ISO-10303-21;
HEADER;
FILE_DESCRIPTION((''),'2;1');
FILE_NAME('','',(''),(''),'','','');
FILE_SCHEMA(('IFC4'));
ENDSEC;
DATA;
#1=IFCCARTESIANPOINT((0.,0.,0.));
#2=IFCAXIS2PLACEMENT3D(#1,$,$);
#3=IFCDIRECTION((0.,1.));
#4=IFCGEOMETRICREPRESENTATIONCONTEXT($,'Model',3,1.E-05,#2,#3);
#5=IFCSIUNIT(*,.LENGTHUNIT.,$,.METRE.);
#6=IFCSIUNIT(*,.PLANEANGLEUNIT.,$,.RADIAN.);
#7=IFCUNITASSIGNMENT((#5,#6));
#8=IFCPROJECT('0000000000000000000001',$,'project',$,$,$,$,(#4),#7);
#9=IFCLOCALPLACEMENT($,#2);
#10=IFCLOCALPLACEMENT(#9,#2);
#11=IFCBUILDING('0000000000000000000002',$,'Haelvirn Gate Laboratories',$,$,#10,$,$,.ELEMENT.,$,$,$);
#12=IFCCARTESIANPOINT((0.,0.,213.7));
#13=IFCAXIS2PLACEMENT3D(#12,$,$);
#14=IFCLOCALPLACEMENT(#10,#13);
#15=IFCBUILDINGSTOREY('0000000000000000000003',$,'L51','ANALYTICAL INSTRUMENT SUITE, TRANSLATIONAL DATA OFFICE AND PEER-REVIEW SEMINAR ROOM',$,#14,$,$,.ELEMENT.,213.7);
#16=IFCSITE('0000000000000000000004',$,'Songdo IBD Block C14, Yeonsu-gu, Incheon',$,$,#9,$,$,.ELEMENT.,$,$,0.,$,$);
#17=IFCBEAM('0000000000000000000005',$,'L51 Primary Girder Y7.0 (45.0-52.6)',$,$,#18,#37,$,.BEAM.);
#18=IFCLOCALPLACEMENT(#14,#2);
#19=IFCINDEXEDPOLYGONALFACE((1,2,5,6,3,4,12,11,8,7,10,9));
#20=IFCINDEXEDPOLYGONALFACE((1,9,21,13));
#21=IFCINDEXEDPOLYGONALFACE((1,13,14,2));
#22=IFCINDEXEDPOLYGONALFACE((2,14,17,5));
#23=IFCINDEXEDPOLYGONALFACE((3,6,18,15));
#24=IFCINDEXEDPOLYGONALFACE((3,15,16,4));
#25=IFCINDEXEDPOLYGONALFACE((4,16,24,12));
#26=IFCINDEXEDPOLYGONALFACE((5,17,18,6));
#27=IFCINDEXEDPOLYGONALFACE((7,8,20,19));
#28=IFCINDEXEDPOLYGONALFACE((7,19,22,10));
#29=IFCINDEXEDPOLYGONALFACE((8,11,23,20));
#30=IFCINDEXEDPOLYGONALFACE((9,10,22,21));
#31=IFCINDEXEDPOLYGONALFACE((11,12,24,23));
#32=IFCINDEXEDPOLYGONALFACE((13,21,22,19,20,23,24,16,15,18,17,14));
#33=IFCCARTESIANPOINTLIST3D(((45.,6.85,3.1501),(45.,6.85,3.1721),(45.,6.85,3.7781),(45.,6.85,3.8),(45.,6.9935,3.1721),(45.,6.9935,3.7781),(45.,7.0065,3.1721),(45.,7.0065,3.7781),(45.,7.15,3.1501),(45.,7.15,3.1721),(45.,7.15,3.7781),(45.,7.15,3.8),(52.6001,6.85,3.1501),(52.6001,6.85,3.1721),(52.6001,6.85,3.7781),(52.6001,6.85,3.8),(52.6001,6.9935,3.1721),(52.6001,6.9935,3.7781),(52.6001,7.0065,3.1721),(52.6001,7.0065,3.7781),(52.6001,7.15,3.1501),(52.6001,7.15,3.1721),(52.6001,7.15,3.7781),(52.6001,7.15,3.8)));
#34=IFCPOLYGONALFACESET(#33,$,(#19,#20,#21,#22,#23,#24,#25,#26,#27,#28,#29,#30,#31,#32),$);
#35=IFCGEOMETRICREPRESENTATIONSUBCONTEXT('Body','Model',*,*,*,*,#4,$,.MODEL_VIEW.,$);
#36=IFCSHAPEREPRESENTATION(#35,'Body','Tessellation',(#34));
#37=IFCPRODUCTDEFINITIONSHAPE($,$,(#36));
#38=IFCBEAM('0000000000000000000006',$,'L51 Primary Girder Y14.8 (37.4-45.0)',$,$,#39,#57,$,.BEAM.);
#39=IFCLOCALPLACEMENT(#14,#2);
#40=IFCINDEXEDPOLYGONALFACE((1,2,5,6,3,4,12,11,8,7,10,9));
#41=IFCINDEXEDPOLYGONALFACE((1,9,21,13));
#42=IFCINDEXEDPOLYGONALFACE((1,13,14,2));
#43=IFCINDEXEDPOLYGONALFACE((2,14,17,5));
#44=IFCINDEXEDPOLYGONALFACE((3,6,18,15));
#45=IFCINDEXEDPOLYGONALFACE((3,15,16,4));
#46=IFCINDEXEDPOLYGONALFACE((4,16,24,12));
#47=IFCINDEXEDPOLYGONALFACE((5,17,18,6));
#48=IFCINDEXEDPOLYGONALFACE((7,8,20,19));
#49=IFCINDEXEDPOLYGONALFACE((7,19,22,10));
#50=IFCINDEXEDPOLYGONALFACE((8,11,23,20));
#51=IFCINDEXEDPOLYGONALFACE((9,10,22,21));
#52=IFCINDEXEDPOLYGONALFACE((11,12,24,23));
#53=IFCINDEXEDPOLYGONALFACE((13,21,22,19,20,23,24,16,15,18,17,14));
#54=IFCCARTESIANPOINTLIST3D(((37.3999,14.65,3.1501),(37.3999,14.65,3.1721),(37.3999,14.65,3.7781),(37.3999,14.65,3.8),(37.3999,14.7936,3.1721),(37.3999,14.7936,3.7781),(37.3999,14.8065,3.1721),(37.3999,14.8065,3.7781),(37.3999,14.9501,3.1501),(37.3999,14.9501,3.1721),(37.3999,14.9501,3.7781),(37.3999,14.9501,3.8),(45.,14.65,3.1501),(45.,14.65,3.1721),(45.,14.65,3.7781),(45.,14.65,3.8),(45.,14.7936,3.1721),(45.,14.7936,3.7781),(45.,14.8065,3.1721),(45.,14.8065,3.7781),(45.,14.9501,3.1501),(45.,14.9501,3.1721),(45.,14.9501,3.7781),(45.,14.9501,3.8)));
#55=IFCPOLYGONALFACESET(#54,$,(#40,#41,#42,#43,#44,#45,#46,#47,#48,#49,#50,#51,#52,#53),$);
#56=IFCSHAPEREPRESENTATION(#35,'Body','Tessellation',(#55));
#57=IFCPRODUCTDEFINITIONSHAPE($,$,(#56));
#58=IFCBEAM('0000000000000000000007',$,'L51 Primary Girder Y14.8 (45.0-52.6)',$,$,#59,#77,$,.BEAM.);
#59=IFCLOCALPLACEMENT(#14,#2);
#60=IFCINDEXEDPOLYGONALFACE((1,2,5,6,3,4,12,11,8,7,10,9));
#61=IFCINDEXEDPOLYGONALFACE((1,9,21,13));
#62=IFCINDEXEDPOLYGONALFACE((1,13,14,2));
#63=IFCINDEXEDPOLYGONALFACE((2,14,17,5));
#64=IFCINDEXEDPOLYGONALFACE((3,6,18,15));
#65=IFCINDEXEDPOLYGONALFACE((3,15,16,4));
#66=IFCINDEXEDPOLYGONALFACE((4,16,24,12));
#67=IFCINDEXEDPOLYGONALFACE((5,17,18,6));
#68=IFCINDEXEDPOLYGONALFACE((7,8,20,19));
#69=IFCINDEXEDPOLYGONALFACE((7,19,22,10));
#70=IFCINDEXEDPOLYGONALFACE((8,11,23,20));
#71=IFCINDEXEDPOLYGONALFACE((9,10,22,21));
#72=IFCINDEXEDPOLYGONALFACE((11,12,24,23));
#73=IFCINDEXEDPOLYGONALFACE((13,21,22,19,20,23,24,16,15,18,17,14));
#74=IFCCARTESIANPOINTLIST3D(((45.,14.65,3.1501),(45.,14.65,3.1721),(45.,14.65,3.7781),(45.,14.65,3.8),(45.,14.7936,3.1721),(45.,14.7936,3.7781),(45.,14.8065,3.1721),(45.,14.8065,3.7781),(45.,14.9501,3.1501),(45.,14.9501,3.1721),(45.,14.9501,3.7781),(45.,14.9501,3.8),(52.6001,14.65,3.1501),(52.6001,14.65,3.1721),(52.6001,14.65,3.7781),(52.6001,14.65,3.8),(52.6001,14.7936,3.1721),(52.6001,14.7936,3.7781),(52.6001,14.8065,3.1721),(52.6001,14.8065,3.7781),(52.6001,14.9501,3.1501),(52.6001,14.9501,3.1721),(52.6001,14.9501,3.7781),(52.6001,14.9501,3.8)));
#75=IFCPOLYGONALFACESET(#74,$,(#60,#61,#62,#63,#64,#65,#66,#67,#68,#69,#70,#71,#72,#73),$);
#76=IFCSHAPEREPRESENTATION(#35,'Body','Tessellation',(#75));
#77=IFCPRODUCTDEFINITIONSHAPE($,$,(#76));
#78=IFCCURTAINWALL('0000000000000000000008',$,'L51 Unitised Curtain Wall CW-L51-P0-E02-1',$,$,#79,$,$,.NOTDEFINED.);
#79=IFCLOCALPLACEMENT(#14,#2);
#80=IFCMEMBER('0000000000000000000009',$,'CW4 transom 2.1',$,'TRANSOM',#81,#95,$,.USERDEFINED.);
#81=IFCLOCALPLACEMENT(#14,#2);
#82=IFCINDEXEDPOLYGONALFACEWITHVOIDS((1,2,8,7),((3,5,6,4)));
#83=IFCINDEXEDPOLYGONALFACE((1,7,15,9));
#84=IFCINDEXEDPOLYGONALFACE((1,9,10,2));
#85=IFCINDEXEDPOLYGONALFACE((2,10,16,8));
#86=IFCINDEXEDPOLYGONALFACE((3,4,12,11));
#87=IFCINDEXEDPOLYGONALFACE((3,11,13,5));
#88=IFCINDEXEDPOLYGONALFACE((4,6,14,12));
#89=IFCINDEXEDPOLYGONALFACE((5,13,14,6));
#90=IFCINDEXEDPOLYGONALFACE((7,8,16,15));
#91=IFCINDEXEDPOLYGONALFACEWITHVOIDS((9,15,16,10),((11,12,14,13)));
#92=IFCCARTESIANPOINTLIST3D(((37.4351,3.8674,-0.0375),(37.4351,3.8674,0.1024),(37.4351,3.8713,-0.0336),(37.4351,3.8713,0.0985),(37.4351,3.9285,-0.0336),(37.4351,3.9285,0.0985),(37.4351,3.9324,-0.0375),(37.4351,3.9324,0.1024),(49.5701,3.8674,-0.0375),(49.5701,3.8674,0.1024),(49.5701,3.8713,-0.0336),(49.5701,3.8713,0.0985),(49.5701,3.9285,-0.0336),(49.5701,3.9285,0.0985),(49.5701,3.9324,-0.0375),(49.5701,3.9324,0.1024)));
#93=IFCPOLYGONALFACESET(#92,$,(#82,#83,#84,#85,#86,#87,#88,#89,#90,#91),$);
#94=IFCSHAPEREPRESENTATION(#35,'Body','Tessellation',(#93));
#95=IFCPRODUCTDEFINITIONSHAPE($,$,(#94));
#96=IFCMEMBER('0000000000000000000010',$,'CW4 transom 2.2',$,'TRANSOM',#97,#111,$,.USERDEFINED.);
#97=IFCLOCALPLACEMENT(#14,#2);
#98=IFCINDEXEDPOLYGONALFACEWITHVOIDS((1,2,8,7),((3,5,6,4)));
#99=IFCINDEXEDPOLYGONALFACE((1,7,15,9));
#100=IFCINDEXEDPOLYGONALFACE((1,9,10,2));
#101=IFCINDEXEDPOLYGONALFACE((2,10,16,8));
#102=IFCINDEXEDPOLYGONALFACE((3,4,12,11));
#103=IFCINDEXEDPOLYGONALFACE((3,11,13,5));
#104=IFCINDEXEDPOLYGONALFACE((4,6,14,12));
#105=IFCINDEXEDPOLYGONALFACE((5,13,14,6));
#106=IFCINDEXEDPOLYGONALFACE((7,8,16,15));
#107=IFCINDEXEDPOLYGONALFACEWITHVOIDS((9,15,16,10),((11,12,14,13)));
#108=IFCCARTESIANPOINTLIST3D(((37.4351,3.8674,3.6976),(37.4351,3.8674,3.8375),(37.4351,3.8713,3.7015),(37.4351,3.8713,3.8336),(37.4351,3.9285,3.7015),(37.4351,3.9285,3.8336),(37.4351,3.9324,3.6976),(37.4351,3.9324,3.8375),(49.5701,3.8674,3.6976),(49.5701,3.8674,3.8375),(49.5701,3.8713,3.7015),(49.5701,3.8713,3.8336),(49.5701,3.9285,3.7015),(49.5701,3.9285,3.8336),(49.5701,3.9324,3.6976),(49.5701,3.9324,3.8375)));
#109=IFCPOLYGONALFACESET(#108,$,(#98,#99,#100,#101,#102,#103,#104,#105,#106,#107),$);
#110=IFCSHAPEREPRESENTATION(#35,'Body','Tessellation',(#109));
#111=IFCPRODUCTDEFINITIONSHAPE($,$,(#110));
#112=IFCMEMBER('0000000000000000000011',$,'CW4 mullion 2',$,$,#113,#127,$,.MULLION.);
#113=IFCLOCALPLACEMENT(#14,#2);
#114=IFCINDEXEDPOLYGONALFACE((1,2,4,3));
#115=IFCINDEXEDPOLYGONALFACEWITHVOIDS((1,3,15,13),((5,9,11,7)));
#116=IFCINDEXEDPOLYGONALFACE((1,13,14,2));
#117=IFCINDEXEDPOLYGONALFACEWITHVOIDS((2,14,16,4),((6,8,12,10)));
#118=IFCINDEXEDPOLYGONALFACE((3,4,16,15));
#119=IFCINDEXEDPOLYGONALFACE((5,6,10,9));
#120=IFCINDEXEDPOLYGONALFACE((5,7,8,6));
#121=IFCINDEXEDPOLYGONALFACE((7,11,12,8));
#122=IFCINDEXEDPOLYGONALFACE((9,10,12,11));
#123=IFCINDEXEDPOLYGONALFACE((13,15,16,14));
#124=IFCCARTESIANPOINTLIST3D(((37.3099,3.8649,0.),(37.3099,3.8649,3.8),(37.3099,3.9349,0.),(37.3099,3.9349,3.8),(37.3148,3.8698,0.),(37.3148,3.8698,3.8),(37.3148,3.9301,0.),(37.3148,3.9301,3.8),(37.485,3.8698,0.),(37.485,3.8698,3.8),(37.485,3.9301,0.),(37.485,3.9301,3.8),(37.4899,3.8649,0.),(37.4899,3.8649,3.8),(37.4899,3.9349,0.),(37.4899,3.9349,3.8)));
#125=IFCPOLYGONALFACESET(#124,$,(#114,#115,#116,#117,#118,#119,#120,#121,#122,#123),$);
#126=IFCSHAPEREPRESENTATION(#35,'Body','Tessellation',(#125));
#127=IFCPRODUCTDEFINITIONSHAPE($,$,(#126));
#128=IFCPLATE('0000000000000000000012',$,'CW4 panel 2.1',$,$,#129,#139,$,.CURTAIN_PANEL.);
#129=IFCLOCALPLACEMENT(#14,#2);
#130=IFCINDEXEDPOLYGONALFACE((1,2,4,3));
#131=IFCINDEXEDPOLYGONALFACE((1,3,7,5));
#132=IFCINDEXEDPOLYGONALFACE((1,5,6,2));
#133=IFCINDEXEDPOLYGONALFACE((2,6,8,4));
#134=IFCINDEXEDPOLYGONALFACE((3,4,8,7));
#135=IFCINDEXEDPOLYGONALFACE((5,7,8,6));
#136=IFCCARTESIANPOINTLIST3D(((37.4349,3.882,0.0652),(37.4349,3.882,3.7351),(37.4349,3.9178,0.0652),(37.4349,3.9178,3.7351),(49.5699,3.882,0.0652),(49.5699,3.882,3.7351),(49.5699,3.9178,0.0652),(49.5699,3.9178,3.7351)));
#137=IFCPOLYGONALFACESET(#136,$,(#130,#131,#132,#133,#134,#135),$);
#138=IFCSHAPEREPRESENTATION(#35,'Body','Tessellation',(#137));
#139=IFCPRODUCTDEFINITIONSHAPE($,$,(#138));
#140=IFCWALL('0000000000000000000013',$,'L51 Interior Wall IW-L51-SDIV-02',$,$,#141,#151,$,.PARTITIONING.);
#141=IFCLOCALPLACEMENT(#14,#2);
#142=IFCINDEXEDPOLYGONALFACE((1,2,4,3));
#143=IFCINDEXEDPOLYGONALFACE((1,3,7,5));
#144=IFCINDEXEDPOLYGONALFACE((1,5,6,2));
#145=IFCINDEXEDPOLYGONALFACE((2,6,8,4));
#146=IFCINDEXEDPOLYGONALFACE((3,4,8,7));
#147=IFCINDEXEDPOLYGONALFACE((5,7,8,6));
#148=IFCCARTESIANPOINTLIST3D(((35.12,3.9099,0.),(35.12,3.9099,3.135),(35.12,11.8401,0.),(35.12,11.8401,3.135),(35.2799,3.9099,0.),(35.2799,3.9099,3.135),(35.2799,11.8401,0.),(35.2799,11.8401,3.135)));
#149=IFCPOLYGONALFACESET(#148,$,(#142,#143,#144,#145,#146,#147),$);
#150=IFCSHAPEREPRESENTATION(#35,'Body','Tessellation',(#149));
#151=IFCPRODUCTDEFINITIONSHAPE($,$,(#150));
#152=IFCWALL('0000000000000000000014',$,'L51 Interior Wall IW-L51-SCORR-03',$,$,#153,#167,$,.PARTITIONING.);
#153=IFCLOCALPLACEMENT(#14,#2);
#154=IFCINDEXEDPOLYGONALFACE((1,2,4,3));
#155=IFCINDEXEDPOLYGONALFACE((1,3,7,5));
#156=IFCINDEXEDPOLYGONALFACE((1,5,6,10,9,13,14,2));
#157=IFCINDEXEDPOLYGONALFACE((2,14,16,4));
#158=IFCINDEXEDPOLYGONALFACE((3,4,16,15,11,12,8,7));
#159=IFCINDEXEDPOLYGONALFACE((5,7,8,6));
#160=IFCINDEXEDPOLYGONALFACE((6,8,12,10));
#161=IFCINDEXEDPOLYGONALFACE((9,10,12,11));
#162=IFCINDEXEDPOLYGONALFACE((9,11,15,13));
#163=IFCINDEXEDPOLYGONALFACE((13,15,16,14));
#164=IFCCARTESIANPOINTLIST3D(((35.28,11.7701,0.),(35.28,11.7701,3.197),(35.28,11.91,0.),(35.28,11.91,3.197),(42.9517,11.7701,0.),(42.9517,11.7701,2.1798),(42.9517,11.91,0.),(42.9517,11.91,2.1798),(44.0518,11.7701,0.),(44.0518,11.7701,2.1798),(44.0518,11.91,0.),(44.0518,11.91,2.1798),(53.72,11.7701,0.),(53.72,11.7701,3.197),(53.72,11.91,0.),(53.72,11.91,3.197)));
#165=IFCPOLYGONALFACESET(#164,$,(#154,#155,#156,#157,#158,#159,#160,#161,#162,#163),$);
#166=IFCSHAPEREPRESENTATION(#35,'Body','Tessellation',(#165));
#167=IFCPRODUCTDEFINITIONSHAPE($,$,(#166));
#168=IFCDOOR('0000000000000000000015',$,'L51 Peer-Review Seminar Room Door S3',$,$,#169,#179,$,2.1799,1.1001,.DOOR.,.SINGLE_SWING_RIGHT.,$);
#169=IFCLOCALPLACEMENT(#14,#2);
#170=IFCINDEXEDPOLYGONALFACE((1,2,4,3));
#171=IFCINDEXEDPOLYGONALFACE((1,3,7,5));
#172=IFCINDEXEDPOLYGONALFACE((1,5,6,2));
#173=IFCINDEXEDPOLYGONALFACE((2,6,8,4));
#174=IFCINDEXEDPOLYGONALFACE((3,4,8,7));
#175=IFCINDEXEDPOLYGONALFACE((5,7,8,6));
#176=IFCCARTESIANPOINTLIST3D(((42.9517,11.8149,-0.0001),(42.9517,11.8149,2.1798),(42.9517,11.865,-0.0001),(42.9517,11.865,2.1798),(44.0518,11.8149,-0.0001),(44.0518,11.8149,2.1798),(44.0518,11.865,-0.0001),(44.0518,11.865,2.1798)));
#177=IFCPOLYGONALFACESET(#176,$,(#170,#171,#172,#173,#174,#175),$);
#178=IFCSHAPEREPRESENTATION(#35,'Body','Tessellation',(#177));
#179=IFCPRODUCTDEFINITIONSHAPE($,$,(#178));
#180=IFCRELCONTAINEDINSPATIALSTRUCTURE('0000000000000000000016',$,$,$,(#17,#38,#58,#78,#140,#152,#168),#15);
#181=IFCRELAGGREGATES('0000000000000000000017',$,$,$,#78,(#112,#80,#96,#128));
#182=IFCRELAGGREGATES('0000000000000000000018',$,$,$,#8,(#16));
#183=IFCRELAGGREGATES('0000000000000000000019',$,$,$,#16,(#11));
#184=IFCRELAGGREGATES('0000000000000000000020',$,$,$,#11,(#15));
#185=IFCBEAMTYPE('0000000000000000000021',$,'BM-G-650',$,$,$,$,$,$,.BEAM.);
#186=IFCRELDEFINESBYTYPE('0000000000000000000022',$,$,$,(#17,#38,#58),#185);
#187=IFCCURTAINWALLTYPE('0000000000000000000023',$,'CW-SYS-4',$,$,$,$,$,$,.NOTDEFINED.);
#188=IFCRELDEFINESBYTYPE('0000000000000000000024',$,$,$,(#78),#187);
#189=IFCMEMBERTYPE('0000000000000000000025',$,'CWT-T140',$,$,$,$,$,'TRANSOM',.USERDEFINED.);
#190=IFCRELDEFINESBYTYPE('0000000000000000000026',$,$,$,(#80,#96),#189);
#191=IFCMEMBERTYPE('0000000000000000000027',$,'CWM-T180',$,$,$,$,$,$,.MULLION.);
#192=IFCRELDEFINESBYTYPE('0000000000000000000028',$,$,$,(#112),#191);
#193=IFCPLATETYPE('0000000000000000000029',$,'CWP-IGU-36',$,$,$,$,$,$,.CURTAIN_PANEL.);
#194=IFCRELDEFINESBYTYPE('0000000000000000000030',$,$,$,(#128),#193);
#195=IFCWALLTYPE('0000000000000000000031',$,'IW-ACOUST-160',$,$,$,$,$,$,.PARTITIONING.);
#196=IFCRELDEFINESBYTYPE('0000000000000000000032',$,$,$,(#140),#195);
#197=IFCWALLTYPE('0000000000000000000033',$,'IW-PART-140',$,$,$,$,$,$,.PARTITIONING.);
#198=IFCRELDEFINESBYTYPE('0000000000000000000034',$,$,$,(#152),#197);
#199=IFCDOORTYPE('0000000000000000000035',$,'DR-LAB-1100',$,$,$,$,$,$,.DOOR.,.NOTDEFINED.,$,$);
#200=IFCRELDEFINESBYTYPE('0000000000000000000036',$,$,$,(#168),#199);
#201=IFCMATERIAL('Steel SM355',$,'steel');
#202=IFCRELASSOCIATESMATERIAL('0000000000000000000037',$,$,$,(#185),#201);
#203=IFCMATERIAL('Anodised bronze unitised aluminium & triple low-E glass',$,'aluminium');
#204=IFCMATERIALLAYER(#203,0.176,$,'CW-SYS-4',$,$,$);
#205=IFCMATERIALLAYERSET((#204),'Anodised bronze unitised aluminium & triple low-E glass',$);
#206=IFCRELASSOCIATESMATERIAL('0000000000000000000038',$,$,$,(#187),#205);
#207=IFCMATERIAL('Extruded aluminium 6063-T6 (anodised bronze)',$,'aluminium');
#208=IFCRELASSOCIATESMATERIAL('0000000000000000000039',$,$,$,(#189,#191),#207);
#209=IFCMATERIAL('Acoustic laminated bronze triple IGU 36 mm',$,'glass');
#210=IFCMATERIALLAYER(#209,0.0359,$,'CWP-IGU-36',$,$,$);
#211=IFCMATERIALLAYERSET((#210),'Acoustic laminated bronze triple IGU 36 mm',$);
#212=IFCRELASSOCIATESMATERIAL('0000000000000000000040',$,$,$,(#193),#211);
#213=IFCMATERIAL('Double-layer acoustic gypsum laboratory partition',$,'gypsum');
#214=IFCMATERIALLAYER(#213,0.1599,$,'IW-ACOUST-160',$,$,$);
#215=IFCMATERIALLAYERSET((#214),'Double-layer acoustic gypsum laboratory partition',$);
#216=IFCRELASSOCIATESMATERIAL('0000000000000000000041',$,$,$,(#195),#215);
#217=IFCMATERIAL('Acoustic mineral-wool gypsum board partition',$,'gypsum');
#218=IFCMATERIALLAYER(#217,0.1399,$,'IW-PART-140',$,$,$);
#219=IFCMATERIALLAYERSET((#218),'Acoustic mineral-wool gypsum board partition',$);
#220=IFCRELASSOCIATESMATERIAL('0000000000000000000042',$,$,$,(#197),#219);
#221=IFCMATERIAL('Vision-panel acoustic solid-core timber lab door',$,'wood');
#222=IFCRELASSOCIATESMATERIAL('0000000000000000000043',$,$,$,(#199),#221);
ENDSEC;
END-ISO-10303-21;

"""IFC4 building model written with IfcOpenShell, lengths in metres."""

from ifc_helpers import new_model, si_unit, direction, frame, frame_2d, origin, origin_2d, place, context, subcontext, project, spatial, rectangle, hollow_rectangle, i_section, extrude, source, transform, mapped, material, layer, layer_set, material_profile, profile_set, type_object, type_shapes, element, fill, aggregate, save


model = new_model("IFC4")

# Units and contexts
model_context = context("Model", 3, precision=1e-05, world=origin(), true_north=direction((0.0, 1.0)))
body_context = subcontext(model_context, "Body", "Model", "MODEL_VIEW")
ifc_project = project(units=[si_unit("LENGTHUNIT", "METRE"), si_unit("PLANEANGLEUNIT", "RADIAN")], contexts=[model_context])

# Site, building, storey
site_placement = place(None, origin())
site = spatial("IfcSite", under=ifc_project, at=site_placement, Name="Songdo IBD Block C14, Yeonsu-gu, Incheon", CompositionType="ELEMENT", RefElevation=0.0)
building_placement = place(site_placement, origin())
building = spatial("IfcBuilding", under=site, at=building_placement, Name="Haelvirn Gate Laboratories", CompositionType="ELEMENT")
storey_placement = place(building_placement, frame((0.0, 0.0, 213.7)))
storey = spatial("IfcBuildingStorey", under=building, at=storey_placement, Name="L51", Description="ANALYTICAL INSTRUMENT SUITE, TRANSLATIONAL DATA OFFICE AND PEER-REVIEW SEMINAR ROOM", CompositionType="ELEMENT", Elevation=213.7)

# Shared definitions
ifc_material_1 = material(Name="Steel SM355", Category="steel")

# Beams
ifc_material_profile_1 = material_profile(ifc_material_1, i_section(OverallWidth=0.3, OverallDepth=0.6499, WebThickness=0.0129, FlangeThickness=0.022, at=origin_2d()), Name="H-650x300x13x22")
ifc_profile_set_1 = profile_set([ifc_material_profile_1], Name="Steel SM355")
beam_type_1 = type_object("IfcBeamType", Name="BM-G-650", PredefinedType="BEAM", material=ifc_profile_set_1)
shared_shape_1 = source(origin(), body_context, "Body", "SweptSolid", [
    extrude(i_section(OverallWidth=0.3, OverallDepth=0.6499, WebThickness=0.0129, FlangeThickness=0.022, at=origin_2d()), origin(), (0.0, 0.0, 1.0), 7.6001),
])
type_shapes(beam_type_1, [shared_shape_1])
for number, where, z_axis, x_axis, name in (
    (1, (45.0, 7.0, 3.4751), (1.0, 0.0, 0.0), (0.0, 1.0, 0.0), "L51 Primary Girder Y7.0 (45.0-52.6)"),
    (2, (37.3999, 14.8, 3.4751), (1.0, 0.0, 0.0), (0.0, 1.0, 0.0), "L51 Primary Girder Y14.8 (37.4-45.0)"),
    (3, (45.0, 14.8, 3.4751), (1.0, 0.0, 0.0), (0.0, 1.0, 0.0), "L51 Primary Girder Y14.8 (45.0-52.6)"),
):
    element("IfcBeam", number, at=place(storey_placement, frame(where, z_axis=z_axis, x_axis=x_axis)), inside=storey, type_object=beam_type_1, Name=name, PredefinedType="BEAM", context=body_context, shape_type="MappedRepresentation", body=[
        mapped(shared_shape_1, transform((0.0, 0.0, 0.0), scale=1.0)),
    ])

# Curtain wall, members, plate
ifc_material_2 = material(Name="Anodised bronze unitised aluminium & triple low-E glass", Category="aluminium")
ifc_layer_1 = layer(ifc_material_2, 0.176, Name="CW-SYS-4")
ifc_layer_set_1 = layer_set([ifc_layer_1], Name="Anodised bronze unitised aluminium & triple low-E glass")
curtain_wall_type = type_object("IfcCurtainWallType", Name="CW-SYS-4", PredefinedType="NOTDEFINED", material=ifc_layer_set_1)
curtain_wall_placement = place(storey_placement, origin())
curtain_wall = element("IfcCurtainWall", 4, at=curtain_wall_placement, inside=storey, type_object=curtain_wall_type, Name="L51 Unitised Curtain Wall CW-L51-P0-E02-1", PredefinedType="NOTDEFINED")
ifc_material_3 = material(Name="Extruded aluminium 6063-T6 (anodised bronze)", Category="aluminium")
ifc_material_profile_2 = material_profile(ifc_material_3, hollow_rectangle(XDim=0.0649, YDim=0.1399, WallThickness=0.0039, at=origin_2d()), Name="CWT-140x65x4")
ifc_profile_set_2 = profile_set([ifc_material_profile_2], Name="Extruded aluminium 6063-T6 (anodised bronze)")
member_type_1 = type_object("IfcMemberType", Name="CWT-T140", ElementType="TRANSOM", PredefinedType="USERDEFINED", material=ifc_profile_set_2)
shared_shape_2 = source(origin(), body_context, "Body", "SweptSolid", [
    extrude(hollow_rectangle(XDim=0.0649, YDim=0.1399, WallThickness=0.0039, at=origin_2d()), origin(), (0.0, 0.0, 1.0), 12.135),
])
type_shapes(member_type_1, [shared_shape_2])
member_1_placement = place(storey_placement, frame((37.4351, 3.8999, 0.0325), z_axis=(1.0, 0.0, 0.0), x_axis=(0.0, 1.0, 0.0)))
member_1 = element("IfcMember", 5, at=member_1_placement, type_object=member_type_1, Name="CW4 transom 2.1", ObjectType="TRANSOM", PredefinedType="USERDEFINED", context=body_context, shape_type="MappedRepresentation", body=[
    mapped(shared_shape_2, transform((0.0, 0.0, 0.0), scale=1.0)),
])
member_2_placement = place(storey_placement, frame((37.4351, 3.8999, 3.7676), z_axis=(1.0, 0.0, 0.0), x_axis=(0.0, 1.0, 0.0)))
member_2 = element("IfcMember", 6, at=member_2_placement, type_object=member_type_1, Name="CW4 transom 2.2", ObjectType="TRANSOM", PredefinedType="USERDEFINED", context=body_context, shape_type="MappedRepresentation", body=[
    mapped(shared_shape_2, transform((0.0, 0.0, 0.0), scale=1.0)),
])
ifc_material_profile_3 = material_profile(ifc_material_3, hollow_rectangle(XDim=0.0701, YDim=0.1799, WallThickness=0.0049, at=origin_2d()), Name="CWM-180x70x5")
ifc_profile_set_3 = profile_set([ifc_material_profile_3], Name="Extruded aluminium 6063-T6 (anodised bronze)")
member_type_2 = type_object("IfcMemberType", Name="CWM-T180", PredefinedType="MULLION", material=ifc_profile_set_3)
shared_shape_3 = source(origin(), body_context, "Body", "SweptSolid", [
    extrude(hollow_rectangle(XDim=0.0701, YDim=0.1799, WallThickness=0.0049, at=origin_2d()), origin(), (0.0, 0.0, 1.0), 3.8),
])
type_shapes(member_type_2, [shared_shape_3])
member_3_placement = place(storey_placement, frame((37.3999, 3.8999, 0.0), z_axis=(0.0, 0.0, 1.0), x_axis=(0.0, 1.0, 0.0)))
member_3 = element("IfcMember", 7, at=member_3_placement, type_object=member_type_2, Name="CW4 mullion 2", PredefinedType="MULLION", context=body_context, shape_type="MappedRepresentation", body=[
    mapped(shared_shape_3, transform((0.0, 0.0, 0.0), scale=1.0)),
])
ifc_material_4 = material(Name="Acoustic laminated bronze triple IGU 36 mm", Category="glass")
ifc_layer_2 = layer(ifc_material_4, 0.0359, Name="CWP-IGU-36")
ifc_layer_set_2 = layer_set([ifc_layer_2], Name="Acoustic laminated bronze triple IGU 36 mm")
plate_type = type_object("IfcPlateType", Name="CWP-IGU-36", PredefinedType="CURTAIN_PANEL", material=ifc_layer_set_2)
shared_shape_4 = source(origin(), body_context, "Body", "SweptSolid", [
    extrude(rectangle(XDim=12.135, YDim=0.0359, at=origin_2d()), origin(), (0.0, 0.0, 1.0), 3.6699),
])
type_shapes(plate_type, [shared_shape_4])
plate_placement = place(storey_placement, frame((43.5024, 3.8999, 0.0652), z_axis=(0.0, 0.0, 1.0), x_axis=(1.0, 0.0, 0.0)))
plate = element("IfcPlate", 8, at=plate_placement, type_object=plate_type, Name="CW4 panel 2.1", PredefinedType="CURTAIN_PANEL", context=body_context, shape_type="MappedRepresentation", body=[
    mapped(shared_shape_4, transform((0.0, 0.0, 0.0), scale=1.0)),
])
aggregate(curtain_wall, [member_3, member_1, member_2, plate])

# Wall
ifc_material_5 = material(Name="Double-layer acoustic gypsum laboratory partition", Category="gypsum")
ifc_layer_3 = layer(ifc_material_5, 0.1599, Name="IW-ACOUST-160")
ifc_layer_set_3 = layer_set([ifc_layer_3], Name="Double-layer acoustic gypsum laboratory partition")
wall_type_1 = type_object("IfcWallType", Name="IW-ACOUST-160", PredefinedType="PARTITIONING", material=ifc_layer_set_3)
wall_1_placement = place(storey_placement, frame((35.2, 3.9099, 0.0), z_axis=(0.0, 0.0, 1.0), x_axis=(0.0, 1.0, 0.0)))
element("IfcWall", 9, at=wall_1_placement, inside=storey, type_object=wall_type_1, Name="L51 Interior Wall IW-L51-SDIV-02", PredefinedType="PARTITIONING", context=body_context, shape_type="SweptSolid", body=[
    extrude(rectangle(XDim=7.9302, YDim=0.1599, at=frame_2d((3.9651, 0.0))), origin(), (0.0, 0.0, 1.0), 3.135),
])

# Wall, opening, door
ifc_material_6 = material(Name="Acoustic mineral-wool gypsum board partition", Category="gypsum")
ifc_layer_4 = layer(ifc_material_6, 0.1399, Name="IW-PART-140")
ifc_layer_set_4 = layer_set([ifc_layer_4], Name="Acoustic mineral-wool gypsum board partition")
wall_type_2 = type_object("IfcWallType", Name="IW-PART-140", PredefinedType="PARTITIONING", material=ifc_layer_set_4)
wall_2_placement = place(storey_placement, frame((35.28, 11.8401, 0.0), z_axis=(0.0, 0.0, 1.0), x_axis=(1.0, 0.0, 0.0)))
wall_2 = element("IfcWall", 10, at=wall_2_placement, inside=storey, type_object=wall_type_2, Name="L51 Interior Wall IW-L51-SCORR-03", PredefinedType="PARTITIONING", context=body_context, shape_type="SweptSolid", body=[
    extrude(rectangle(XDim=18.4399, YDim=0.1399, at=frame_2d((9.22, 0.0))), origin(), (0.0, 0.0, 1.0), 3.197),
])
opening_placement = place(wall_2_placement, frame((7.6716, 0.0, 0.0)))
opening = element("IfcOpeningElement", 11, at=opening_placement, cuts=wall_2, PredefinedType="OPENING", context=body_context, shape_type="SweptSolid", body=[
    extrude(rectangle(XDim=1.1001, YDim=2.1799, at=frame_2d((0.55, 1.0898))), frame((0.0, 0.0801, 0.0), z_axis=(0.0, -1.0, 0.0), x_axis=(1.0, 0.0, 0.0)), (0.0, 0.0, 1.0), 0.1599),
])
ifc_material_7 = material(Name="Vision-panel acoustic solid-core timber lab door", Category="wood")
door_type = type_object("IfcDoorType", Name="DR-LAB-1100", OperationType="NOTDEFINED", PredefinedType="DOOR", material=ifc_material_7)
shared_shape_5 = source(origin(), body_context, "Body", "SweptSolid", [
    extrude(rectangle(XDim=1.1001, YDim=2.1799, at=frame_2d((0.55, 1.0898))), frame((0.0, 0.0249, 0.0), z_axis=(0.0, -1.0, 0.0), x_axis=(1.0, 0.0, 0.0)), (0.0, 0.0, 1.0), 0.05),
])
type_shapes(door_type, [shared_shape_5])
door_placement = place(opening_placement, origin())
door = element("IfcDoor", 12, at=door_placement, inside=storey, type_object=door_type, Name="L51 Peer-Review Seminar Room Door S3", OperationType="SINGLE_SWING_RIGHT", OverallHeight=2.1799, OverallWidth=1.1001, PredefinedType="DOOR", context=body_context, shape_type="MappedRepresentation", body=[
    mapped(shared_shape_5, transform((0.0, 0.0, 0.0), scale=1.0)),
])
fill(opening, door)

save(model, "model.ifc")
